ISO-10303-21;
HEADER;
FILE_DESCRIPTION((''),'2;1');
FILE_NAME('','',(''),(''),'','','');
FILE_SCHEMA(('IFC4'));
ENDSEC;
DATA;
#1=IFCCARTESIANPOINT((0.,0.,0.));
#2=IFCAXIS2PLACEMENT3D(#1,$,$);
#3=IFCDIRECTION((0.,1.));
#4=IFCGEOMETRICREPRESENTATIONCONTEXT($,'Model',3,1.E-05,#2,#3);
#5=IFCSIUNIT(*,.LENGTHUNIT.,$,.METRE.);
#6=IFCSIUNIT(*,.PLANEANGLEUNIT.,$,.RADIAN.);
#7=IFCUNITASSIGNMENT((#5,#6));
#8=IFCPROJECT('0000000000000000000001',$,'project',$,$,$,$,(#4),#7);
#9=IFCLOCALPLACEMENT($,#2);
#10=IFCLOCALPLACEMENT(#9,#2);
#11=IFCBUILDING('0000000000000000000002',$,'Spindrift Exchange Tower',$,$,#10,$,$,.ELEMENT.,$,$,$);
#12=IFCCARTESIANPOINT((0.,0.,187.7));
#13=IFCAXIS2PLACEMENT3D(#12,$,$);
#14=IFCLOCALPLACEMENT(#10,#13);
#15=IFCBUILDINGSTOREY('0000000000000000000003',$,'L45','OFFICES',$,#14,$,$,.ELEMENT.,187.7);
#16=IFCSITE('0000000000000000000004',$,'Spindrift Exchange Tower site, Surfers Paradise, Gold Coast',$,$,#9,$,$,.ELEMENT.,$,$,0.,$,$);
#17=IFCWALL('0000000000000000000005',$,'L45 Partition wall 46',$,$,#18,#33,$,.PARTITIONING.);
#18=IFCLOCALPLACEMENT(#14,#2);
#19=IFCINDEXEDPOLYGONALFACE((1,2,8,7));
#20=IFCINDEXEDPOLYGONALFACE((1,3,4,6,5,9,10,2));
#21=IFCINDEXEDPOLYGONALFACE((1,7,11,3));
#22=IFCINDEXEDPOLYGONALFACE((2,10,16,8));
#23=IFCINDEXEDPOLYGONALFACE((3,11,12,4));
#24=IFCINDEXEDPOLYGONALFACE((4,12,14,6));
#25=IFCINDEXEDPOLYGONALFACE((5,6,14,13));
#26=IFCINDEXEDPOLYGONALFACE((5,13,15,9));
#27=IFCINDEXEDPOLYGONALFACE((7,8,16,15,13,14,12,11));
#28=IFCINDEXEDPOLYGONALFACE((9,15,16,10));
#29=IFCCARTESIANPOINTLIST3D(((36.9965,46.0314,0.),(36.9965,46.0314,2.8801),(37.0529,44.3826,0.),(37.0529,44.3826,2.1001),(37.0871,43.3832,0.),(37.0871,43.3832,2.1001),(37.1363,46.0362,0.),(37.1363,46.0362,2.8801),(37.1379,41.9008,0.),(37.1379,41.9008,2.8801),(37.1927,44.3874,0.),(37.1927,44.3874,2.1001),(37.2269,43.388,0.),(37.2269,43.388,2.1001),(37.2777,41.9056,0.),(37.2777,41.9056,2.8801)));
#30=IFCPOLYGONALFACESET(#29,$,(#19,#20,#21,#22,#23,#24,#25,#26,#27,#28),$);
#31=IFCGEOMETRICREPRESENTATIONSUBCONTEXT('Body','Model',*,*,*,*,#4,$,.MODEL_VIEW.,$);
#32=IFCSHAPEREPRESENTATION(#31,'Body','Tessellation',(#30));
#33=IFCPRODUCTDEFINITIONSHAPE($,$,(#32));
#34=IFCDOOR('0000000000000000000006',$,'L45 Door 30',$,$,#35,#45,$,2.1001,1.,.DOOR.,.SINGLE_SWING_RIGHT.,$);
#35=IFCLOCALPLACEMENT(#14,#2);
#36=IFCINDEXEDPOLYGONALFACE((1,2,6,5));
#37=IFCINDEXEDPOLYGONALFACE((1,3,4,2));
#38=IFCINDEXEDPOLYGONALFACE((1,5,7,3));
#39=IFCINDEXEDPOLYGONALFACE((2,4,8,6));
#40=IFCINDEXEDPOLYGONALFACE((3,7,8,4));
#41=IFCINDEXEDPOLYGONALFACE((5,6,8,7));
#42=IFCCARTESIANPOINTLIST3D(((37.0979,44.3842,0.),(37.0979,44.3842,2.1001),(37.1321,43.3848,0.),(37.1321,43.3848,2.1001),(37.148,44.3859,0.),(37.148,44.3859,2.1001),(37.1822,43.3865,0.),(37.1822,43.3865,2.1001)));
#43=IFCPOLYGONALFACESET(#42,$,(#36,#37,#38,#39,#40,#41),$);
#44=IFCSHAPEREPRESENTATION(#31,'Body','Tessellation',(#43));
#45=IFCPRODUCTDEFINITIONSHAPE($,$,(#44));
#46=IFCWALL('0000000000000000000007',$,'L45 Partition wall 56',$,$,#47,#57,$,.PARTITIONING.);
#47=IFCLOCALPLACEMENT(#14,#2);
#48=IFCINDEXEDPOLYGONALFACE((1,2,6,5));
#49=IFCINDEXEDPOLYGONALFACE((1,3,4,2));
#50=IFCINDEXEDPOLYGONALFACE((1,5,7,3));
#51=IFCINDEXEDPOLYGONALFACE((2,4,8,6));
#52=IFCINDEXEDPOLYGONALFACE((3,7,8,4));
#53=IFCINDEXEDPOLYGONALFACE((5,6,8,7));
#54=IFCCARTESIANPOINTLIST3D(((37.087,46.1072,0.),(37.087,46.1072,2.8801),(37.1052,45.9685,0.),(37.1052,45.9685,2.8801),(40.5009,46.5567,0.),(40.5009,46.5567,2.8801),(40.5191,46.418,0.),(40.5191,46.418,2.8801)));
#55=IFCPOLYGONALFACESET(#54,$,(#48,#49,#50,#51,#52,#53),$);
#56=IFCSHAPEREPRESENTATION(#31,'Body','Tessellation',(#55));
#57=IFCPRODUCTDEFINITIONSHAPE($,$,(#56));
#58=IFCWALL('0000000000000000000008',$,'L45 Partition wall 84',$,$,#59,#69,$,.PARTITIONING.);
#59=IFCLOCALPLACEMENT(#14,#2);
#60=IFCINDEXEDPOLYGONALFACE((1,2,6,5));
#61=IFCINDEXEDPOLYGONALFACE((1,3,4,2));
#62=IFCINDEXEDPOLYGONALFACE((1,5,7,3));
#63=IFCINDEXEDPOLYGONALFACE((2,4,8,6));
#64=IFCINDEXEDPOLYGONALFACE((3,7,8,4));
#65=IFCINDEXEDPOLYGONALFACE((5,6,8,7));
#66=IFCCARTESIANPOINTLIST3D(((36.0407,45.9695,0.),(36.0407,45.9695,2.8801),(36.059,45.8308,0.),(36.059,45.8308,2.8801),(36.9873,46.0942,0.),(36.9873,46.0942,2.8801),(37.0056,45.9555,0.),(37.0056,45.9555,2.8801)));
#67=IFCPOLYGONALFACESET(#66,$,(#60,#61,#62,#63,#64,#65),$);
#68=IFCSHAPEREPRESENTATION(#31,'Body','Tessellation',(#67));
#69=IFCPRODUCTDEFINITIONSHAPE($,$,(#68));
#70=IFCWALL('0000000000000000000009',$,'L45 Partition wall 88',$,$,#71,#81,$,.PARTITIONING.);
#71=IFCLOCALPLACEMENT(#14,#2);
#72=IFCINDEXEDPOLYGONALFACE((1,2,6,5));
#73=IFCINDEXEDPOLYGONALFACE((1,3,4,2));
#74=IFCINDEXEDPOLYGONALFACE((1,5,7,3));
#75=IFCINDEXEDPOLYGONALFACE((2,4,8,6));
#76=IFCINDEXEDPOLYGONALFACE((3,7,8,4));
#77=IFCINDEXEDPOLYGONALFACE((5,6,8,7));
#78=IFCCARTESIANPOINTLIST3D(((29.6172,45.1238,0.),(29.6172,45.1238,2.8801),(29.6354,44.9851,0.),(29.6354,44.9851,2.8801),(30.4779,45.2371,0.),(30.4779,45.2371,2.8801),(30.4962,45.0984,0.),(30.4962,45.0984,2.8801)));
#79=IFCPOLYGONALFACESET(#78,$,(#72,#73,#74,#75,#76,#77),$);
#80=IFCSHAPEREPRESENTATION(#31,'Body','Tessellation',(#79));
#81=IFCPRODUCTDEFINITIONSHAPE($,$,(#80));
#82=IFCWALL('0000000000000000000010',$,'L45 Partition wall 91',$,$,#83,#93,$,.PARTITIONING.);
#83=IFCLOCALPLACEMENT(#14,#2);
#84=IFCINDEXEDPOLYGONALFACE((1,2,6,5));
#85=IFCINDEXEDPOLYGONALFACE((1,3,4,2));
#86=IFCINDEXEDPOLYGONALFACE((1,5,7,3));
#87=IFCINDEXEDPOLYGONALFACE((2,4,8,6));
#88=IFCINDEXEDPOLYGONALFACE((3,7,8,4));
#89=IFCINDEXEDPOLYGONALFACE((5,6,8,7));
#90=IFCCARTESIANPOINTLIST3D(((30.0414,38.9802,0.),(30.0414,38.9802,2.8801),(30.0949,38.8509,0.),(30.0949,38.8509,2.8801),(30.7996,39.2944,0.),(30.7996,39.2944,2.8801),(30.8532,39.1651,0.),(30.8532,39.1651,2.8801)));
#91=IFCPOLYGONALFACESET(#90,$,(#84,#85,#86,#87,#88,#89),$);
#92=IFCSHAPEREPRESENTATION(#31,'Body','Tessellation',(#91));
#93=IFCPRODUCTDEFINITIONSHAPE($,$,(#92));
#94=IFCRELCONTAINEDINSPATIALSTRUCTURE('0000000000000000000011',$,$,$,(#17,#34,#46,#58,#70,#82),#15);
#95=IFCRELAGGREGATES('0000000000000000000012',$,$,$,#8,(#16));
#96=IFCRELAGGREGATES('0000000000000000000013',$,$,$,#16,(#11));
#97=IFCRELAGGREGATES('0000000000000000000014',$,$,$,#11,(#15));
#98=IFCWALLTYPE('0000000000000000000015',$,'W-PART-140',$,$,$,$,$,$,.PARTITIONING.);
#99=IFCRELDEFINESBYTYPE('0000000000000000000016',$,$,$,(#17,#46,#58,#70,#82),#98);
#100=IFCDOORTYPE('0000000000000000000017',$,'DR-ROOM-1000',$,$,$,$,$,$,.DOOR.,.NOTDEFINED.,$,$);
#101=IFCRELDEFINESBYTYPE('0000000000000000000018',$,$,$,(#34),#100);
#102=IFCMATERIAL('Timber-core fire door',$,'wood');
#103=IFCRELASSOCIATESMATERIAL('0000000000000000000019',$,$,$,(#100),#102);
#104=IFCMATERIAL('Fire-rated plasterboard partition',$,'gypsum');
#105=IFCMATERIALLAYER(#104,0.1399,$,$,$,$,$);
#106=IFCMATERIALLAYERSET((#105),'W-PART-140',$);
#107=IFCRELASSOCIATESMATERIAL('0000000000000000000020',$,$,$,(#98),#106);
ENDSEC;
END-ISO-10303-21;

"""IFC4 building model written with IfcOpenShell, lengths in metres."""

from ifc_helpers import new_model, si_unit, direction, frame, frame_2d, origin, place, context, subcontext, project, spatial, rectangle, extrude, source, transform, mapped, material, layer, layer_set, type_object, element, fill, save


model = new_model("IFC4")

# Units and contexts
model_context = context("Model", 3, precision=1e-05, world=origin(), true_north=direction((0.0, 1.0)))
body_context = subcontext(model_context, "Body", "Model", "MODEL_VIEW")
ifc_project = project(units=[si_unit("LENGTHUNIT", "METRE"), si_unit("PLANEANGLEUNIT", "RADIAN")], contexts=[model_context])

# Site, building, storey
site_placement = place(None, origin())
site = spatial("IfcSite", under=ifc_project, at=site_placement, Name="Spindrift Exchange Tower site, Surfers Paradise, Gold Coast", CompositionType="ELEMENT", RefElevation=0.0)
building_placement = place(site_placement, origin())
building = spatial("IfcBuilding", under=site, at=building_placement, Name="Spindrift Exchange Tower", CompositionType="ELEMENT")
storey_placement = place(building_placement, frame((0.0, 0.0, 187.7)))
storey = spatial("IfcBuildingStorey", under=building, at=storey_placement, Name="L45", Description="OFFICES", CompositionType="ELEMENT", Elevation=187.7)

# Shared definitions
ifc_material_1 = material(Name="Fire-rated plasterboard partition", Category="gypsum")
ifc_material_2 = material(Name="Timber-core fire door", Category="wood")
door_type = type_object("IfcDoorType", Name="DR-ROOM-1000", OperationType="NOTDEFINED", PredefinedType="DOOR", material=ifc_material_2)
shared_shape_1 = source(origin(), body_context, "Body", "SweptSolid", [
    extrude(rectangle(XDim=1.0, YDim=2.1001, at=frame_2d((0.5, 1.05))), frame((0.0, 0.0249, 0.0), z_axis=(0.0, -1.0, 0.0), x_axis=(1.0, 0.0, 0.0)), (0.0, 0.0, 1.0), 0.05),
])

# Shared definitions
ifc_layer_1 = layer(ifc_material_1, 0.1399)
ifc_layer_set_1 = layer_set([ifc_layer_1], Name="W-PART-140")
wall_type_1 = type_object("IfcWallType", Name="W-PART-140", PredefinedType="PARTITIONING", material=ifc_layer_set_1)

# Wall, opening, door
wall_1_placement = place(storey_placement, frame((37.2078, 41.9033, 0.0), z_axis=(0.0, 0.0, 1.0), x_axis=(-0.034202, 0.999415, 0.0)))
wall_1 = element("IfcWall", 1, at=wall_1_placement, inside=storey, type_object=wall_type_1, Name="L45 Partition wall 46", PredefinedType="PARTITIONING", context=body_context, shape_type="SweptSolid", body=[
    extrude(rectangle(XDim=4.1331, YDim=0.1399, at=frame_2d((2.0664, 0.0))), origin(), (0.0, 0.0, 1.0), 2.8801),
])
opening_1_placement = place(wall_1_placement, frame((1.4832, 0.0, 0.0)))
opening_1 = element("IfcOpeningElement", 2, at=opening_1_placement, cuts=wall_1, PredefinedType="OPENING", context=body_context, shape_type="SweptSolid", body=[
    extrude(rectangle(XDim=1.0, YDim=2.1001, at=frame_2d((0.5, 1.05))), frame((0.0, 0.0798, 0.0), z_axis=(0.0, -1.0, 0.0), x_axis=(1.0, 0.0, 0.0)), (0.0, 0.0, 1.0), 0.1599),
])
door_1_placement = place(opening_1_placement, origin())
door_1 = element("IfcDoor", 3, at=door_1_placement, inside=storey, type_object=door_type, Name="L45 Door 30", OperationType="SINGLE_SWING_RIGHT", OverallHeight=2.1001, OverallWidth=1.0, PredefinedType="DOOR", context=body_context, shape_type="MappedRepresentation", body=[
    mapped(shared_shape_1, transform((0.0, 0.0, 0.0), scale=1.0)),
])
fill(opening_1, door_1)

# Walls
wall_2_placement = place(storey_placement, frame((40.51, 46.4873, 0.0), z_axis=(0.0, 0.0, 1.0), x_axis=(-0.991444, -0.130533, 0.0)))
element("IfcWall", 4, at=wall_2_placement, inside=storey, type_object=wall_type_1, Name="L45 Partition wall 56", PredefinedType="PARTITIONING", context=body_context, shape_type="SweptSolid", body=[
    extrude(rectangle(XDim=3.4434, YDim=0.1399, at=frame_2d((1.7217, 0.0))), origin(), (0.0, 0.0, 1.0), 2.8801),
])
wall_3_placement = place(storey_placement, frame((36.9966, 46.0249, 0.0), z_axis=(0.0, 0.0, 1.0), x_axis=(-0.991426, -0.130673, 0.0)))
element("IfcWall", 5, at=wall_3_placement, inside=storey, type_object=wall_type_1, Name="L45 Partition wall 84", PredefinedType="PARTITIONING", context=body_context, shape_type="SweptSolid", body=[
    extrude(rectangle(XDim=0.9548, YDim=0.1399, at=frame_2d((0.4775, 0.0))), origin(), (0.0, 0.0, 1.0), 2.8801),
])
wall_4_placement = place(storey_placement, frame((30.4871, 45.1677, 0.0), z_axis=(0.0, 0.0, 1.0), x_axis=(-0.991452, -0.130469, 0.0)))
element("IfcWall", 6, at=wall_4_placement, inside=storey, type_object=wall_type_1, Name="L45 Partition wall 88", PredefinedType="PARTITIONING", context=body_context, shape_type="SweptSolid", body=[
    extrude(rectangle(XDim=0.8682, YDim=0.1399, at=frame_2d((0.4341, 0.0))), origin(), (0.0, 0.0, 1.0), 2.8801),
])
wall_5_placement = place(storey_placement, frame((30.8264, 39.2297, 0.0), z_axis=(0.0, 0.0, 1.0), x_axis=(-0.923832, -0.382798, 0.0)))
element("IfcWall", 7, at=wall_5_placement, inside=storey, type_object=wall_type_1, Name="L45 Partition wall 91", PredefinedType="PARTITIONING", context=body_context, shape_type="SweptSolid", body=[
    extrude(rectangle(XDim=0.8208, YDim=0.1399, at=frame_2d((0.4104, 0.0))), origin(), (0.0, 0.0, 1.0), 2.8801),
])

save(model, "model.ifc")
